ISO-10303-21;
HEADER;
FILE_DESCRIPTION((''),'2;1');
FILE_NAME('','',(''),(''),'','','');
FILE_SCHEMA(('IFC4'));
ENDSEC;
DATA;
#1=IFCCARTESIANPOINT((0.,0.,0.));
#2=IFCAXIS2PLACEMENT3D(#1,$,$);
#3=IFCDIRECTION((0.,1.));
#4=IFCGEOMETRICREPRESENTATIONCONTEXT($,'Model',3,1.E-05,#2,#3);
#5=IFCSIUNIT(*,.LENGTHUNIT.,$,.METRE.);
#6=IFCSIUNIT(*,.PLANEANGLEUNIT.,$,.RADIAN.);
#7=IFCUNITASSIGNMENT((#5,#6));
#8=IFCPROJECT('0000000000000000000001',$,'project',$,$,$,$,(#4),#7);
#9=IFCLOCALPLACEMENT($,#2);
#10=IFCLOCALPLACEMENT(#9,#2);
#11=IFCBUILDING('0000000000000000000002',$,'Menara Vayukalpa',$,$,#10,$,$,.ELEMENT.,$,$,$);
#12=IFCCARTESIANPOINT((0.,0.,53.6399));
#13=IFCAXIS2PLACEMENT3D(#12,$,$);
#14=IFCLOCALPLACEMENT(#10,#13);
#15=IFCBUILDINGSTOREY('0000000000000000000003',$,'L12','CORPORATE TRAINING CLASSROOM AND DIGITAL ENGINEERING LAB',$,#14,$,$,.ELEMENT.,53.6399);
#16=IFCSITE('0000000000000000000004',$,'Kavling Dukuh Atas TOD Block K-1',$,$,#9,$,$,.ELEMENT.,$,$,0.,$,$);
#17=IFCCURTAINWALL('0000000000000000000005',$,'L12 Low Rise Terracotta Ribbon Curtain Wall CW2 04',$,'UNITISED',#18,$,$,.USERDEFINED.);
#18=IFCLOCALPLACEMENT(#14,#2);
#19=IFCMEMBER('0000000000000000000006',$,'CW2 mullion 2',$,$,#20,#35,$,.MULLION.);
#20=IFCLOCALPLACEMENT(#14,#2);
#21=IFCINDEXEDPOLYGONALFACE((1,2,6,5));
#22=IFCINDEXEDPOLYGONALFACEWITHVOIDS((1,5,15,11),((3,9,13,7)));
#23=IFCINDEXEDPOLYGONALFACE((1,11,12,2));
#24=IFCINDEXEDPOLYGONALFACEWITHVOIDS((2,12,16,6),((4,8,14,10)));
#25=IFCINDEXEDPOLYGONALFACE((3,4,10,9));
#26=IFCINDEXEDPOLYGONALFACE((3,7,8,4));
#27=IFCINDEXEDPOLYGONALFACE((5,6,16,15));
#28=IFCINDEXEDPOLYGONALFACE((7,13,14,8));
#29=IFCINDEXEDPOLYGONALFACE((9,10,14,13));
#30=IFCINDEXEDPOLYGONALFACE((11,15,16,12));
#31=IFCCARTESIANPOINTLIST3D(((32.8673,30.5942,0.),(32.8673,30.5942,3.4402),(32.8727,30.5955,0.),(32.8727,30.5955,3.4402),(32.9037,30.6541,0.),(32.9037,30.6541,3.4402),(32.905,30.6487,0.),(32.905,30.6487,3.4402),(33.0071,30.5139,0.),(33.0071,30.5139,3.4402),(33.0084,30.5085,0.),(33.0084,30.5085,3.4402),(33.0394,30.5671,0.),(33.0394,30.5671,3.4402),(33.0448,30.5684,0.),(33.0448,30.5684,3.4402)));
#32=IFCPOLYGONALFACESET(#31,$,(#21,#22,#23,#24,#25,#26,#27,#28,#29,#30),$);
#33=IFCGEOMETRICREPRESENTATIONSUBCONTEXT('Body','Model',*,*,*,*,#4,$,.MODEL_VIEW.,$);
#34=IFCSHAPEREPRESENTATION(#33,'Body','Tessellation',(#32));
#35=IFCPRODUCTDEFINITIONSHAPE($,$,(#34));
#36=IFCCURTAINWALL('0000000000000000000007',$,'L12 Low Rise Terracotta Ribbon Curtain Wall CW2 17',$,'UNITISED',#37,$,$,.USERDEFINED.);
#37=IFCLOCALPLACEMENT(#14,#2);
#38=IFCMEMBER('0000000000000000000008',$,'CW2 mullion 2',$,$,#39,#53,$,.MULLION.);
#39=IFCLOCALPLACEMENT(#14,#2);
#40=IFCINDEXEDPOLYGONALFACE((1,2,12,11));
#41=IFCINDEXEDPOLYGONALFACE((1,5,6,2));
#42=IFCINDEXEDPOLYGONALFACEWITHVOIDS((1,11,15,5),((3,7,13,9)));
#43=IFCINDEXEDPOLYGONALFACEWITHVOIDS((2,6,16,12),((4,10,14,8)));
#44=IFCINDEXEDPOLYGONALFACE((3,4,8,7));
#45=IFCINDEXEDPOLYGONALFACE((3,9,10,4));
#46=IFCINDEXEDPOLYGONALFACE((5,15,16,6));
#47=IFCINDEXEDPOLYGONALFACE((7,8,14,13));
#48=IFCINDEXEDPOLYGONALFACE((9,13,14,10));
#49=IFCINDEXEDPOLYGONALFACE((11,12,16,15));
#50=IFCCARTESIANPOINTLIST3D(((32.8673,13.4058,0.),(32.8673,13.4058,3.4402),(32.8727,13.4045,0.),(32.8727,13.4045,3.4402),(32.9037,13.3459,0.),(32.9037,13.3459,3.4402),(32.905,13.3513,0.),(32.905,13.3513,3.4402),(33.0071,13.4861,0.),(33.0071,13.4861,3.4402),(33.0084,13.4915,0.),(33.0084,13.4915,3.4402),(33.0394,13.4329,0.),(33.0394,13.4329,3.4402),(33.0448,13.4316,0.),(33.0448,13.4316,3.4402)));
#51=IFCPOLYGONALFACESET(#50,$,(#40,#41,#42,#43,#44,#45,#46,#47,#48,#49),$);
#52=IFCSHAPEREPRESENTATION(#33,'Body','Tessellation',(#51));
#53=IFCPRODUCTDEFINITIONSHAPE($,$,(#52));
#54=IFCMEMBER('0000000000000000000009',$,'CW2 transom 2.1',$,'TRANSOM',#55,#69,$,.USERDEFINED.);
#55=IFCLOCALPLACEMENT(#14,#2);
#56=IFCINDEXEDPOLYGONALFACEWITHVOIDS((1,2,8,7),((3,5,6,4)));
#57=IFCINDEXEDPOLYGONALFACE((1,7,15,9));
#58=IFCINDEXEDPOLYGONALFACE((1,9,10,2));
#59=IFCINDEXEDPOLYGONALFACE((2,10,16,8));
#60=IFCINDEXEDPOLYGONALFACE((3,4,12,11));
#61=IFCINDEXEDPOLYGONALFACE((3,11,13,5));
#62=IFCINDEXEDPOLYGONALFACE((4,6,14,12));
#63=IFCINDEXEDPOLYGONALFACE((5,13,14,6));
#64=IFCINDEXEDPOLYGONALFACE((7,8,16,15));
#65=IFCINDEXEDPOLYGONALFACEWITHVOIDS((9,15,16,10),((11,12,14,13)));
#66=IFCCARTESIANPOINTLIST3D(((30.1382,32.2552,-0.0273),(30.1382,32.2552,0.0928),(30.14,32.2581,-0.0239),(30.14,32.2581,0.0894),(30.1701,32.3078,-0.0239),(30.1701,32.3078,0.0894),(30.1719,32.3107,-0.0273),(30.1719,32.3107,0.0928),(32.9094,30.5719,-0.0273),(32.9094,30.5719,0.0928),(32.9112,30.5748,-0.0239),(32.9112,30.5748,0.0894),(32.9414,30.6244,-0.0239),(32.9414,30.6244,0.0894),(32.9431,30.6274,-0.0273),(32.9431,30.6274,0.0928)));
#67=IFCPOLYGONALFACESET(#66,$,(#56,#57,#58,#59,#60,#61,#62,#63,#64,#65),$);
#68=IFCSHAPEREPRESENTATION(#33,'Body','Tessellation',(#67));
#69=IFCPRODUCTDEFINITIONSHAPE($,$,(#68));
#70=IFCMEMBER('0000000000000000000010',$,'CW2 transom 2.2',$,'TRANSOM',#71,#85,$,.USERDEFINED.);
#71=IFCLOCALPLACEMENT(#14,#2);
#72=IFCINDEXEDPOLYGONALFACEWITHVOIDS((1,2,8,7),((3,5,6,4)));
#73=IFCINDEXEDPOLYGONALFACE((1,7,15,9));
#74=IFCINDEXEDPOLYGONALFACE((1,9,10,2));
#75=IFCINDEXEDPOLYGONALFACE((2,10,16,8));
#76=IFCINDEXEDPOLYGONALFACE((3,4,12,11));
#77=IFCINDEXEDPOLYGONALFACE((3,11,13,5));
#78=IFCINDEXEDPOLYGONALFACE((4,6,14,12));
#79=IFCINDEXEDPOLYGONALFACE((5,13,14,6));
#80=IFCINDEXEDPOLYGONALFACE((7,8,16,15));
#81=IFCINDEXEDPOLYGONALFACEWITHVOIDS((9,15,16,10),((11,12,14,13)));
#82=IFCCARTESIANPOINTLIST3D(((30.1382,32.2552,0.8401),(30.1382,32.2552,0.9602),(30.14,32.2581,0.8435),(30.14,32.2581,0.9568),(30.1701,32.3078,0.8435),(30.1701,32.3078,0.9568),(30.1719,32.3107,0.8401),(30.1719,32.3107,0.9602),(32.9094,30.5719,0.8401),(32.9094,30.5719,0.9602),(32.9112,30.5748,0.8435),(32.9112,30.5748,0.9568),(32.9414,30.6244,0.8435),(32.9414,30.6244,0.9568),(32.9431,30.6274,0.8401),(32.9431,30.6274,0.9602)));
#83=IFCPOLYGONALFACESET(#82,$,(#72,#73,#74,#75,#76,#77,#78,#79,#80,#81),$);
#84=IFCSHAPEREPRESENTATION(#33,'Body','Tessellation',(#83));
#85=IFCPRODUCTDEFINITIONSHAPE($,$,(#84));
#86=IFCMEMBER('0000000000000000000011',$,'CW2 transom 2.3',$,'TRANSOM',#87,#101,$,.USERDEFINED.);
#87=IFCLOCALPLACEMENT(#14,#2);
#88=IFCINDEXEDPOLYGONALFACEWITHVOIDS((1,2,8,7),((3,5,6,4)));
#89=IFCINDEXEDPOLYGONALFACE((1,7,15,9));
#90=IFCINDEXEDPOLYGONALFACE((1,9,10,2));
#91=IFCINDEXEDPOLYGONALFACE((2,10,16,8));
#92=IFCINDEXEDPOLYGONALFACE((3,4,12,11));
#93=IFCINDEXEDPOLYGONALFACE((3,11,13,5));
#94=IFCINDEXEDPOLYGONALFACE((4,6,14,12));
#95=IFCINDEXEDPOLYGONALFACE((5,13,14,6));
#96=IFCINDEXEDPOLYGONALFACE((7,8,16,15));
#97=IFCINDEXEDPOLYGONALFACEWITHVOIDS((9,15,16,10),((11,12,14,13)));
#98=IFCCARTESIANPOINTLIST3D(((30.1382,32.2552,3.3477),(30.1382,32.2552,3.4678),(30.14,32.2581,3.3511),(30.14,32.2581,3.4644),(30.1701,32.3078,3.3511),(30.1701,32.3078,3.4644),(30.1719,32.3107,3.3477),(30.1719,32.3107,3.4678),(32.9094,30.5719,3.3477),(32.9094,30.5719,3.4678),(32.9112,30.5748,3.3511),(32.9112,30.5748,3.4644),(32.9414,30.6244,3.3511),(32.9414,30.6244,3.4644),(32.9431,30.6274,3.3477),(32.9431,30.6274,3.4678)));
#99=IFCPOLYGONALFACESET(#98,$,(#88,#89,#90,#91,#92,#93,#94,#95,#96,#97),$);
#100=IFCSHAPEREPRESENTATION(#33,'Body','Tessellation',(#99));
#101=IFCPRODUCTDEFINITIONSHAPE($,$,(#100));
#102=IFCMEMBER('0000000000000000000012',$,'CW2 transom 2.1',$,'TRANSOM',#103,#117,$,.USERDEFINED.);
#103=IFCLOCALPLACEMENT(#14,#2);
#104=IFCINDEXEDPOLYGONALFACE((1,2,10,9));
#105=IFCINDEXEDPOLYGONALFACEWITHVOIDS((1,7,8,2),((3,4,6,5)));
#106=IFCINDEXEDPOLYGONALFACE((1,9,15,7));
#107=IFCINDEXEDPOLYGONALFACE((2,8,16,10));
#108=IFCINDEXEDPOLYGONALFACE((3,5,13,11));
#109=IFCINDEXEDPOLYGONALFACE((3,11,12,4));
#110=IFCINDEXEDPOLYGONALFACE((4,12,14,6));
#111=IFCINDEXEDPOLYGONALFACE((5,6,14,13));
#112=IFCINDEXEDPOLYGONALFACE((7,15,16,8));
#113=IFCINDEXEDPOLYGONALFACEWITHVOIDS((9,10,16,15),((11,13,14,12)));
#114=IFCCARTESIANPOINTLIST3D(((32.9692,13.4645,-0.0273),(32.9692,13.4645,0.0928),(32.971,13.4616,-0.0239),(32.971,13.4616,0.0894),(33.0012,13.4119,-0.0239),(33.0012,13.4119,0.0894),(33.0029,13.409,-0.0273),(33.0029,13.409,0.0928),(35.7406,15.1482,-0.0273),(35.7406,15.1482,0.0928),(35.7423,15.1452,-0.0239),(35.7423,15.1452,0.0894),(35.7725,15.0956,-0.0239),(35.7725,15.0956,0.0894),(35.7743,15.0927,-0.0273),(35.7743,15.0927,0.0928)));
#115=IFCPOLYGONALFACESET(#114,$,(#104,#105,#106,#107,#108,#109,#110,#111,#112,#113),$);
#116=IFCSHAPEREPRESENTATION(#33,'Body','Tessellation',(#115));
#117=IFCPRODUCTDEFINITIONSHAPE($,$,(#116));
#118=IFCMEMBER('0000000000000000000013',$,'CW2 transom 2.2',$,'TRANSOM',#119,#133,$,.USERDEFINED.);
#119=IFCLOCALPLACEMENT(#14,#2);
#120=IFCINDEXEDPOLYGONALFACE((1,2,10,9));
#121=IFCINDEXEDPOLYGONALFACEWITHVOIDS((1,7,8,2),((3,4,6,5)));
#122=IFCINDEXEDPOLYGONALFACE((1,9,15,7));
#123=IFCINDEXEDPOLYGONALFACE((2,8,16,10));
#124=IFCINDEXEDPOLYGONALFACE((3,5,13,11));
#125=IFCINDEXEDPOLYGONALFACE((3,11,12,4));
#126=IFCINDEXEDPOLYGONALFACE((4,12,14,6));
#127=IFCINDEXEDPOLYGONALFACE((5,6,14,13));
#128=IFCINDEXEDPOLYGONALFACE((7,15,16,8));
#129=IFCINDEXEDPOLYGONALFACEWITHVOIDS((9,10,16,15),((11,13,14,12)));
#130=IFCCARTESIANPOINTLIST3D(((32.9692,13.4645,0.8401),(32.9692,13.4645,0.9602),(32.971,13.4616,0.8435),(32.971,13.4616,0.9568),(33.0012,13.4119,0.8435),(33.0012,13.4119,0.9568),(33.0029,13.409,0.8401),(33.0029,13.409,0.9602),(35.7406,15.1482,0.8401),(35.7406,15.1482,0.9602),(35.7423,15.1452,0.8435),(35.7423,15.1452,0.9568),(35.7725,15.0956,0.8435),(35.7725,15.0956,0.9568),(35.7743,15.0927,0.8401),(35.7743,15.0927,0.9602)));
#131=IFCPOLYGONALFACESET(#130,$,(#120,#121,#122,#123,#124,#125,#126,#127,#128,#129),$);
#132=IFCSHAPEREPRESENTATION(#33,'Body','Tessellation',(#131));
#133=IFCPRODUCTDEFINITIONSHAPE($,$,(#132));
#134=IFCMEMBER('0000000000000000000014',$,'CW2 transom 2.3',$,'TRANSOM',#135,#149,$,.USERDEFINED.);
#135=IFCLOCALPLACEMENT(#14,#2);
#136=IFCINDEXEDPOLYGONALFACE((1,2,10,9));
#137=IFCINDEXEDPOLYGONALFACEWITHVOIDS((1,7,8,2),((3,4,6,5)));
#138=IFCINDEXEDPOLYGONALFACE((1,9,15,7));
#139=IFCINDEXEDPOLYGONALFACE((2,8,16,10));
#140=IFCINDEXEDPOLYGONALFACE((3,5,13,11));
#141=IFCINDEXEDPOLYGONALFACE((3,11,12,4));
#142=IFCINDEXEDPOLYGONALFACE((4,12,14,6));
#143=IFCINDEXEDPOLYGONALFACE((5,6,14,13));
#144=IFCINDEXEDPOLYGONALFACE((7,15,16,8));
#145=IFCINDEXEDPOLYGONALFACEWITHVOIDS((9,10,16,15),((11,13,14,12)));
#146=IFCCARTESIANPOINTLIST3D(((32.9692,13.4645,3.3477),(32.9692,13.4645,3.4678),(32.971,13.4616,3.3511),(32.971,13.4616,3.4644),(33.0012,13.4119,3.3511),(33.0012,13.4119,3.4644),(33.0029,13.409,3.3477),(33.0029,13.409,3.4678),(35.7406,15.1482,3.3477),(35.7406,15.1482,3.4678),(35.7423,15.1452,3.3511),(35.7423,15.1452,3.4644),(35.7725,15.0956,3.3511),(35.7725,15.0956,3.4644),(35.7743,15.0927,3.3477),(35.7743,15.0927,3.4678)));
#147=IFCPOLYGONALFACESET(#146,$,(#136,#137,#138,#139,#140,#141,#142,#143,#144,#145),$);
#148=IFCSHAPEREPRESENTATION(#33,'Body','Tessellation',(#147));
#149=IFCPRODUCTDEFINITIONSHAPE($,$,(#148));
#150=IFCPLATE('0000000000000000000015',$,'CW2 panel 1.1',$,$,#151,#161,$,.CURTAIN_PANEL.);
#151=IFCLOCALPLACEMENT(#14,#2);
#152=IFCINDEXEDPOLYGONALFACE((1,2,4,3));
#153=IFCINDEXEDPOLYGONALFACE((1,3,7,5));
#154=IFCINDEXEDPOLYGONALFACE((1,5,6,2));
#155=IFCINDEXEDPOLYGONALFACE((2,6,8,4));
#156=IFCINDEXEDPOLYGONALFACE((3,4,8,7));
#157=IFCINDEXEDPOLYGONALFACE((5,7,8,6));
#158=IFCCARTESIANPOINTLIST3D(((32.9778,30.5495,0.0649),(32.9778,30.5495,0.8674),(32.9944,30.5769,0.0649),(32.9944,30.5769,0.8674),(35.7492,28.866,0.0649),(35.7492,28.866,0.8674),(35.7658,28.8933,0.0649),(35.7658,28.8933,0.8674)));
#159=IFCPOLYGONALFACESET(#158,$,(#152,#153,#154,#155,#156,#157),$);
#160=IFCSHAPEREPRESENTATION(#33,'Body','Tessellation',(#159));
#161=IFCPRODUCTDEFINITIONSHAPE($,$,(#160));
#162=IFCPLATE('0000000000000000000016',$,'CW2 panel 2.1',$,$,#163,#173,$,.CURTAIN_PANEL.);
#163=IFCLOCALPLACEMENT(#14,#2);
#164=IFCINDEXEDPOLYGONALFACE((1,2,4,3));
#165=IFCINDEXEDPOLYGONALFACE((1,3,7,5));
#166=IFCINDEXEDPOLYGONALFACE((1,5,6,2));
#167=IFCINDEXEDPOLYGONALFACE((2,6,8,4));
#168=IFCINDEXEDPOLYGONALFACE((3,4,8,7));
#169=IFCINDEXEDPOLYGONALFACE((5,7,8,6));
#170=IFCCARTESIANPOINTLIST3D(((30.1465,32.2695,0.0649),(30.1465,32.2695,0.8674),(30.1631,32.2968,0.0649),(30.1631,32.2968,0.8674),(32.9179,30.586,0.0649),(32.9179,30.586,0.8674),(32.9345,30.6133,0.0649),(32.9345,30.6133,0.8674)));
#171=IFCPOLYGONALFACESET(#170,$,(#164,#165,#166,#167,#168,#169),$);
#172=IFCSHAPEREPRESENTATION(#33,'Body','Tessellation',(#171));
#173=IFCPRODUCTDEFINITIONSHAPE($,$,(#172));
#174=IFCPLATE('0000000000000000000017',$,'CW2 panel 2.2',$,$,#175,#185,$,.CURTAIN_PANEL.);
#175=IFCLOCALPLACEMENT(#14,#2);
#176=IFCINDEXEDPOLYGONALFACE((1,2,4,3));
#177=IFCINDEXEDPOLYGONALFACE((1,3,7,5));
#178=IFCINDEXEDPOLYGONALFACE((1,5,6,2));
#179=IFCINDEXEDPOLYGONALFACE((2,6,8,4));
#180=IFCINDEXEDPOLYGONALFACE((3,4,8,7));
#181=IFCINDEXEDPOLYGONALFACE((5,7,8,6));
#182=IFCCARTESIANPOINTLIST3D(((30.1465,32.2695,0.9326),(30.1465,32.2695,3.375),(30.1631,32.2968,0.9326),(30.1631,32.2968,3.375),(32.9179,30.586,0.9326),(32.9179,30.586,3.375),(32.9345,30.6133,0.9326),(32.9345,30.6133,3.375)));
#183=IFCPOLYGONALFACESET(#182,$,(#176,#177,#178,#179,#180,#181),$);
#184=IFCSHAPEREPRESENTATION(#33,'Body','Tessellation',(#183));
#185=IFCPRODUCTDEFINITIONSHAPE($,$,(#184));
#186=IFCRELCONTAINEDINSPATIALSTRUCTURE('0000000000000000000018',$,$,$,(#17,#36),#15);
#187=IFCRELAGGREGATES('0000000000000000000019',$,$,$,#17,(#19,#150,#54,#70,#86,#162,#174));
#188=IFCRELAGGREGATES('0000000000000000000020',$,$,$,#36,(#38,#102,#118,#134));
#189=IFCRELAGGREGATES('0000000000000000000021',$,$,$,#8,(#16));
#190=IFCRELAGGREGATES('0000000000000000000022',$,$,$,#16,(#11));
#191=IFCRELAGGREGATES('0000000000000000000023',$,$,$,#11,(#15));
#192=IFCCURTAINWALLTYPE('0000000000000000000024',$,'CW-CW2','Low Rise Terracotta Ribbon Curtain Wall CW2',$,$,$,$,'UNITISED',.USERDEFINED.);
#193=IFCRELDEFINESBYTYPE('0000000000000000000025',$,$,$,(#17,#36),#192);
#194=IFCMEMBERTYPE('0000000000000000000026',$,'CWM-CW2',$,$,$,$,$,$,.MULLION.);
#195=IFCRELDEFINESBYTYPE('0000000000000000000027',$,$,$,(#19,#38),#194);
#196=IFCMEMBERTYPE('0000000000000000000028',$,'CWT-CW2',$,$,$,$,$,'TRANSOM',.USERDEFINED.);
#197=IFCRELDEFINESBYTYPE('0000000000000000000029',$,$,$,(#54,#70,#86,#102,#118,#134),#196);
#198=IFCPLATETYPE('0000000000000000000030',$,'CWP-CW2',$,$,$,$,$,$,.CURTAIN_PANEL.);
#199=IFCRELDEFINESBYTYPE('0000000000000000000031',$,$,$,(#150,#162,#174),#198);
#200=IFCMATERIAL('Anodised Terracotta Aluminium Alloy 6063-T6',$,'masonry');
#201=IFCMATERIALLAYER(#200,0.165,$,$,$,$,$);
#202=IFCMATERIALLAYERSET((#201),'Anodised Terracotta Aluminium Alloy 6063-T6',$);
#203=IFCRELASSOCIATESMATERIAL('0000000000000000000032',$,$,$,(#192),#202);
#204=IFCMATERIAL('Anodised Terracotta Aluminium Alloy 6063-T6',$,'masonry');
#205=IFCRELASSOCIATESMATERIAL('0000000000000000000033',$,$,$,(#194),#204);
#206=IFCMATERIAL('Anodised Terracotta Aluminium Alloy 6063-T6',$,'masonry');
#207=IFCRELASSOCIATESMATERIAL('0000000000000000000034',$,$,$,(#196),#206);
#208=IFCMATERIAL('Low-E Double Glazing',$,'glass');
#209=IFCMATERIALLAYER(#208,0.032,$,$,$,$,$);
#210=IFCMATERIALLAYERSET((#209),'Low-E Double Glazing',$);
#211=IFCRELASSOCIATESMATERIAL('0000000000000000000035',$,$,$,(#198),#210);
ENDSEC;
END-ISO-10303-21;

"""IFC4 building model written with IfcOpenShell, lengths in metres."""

from ifc_helpers import new_model, si_unit, direction, frame, origin, origin_2d, place, context, subcontext, project, spatial, rectangle, hollow_rectangle, extrude, material, layer, layer_set, material_profile, profile_set, type_object, element, aggregate, save


model = new_model("IFC4")

# Units and contexts
model_context = context("Model", 3, precision=1e-05, world=origin(), true_north=direction((0.0, 1.0)))
body_context = subcontext(model_context, "Body", "Model", "MODEL_VIEW")
ifc_project = project(units=[si_unit("LENGTHUNIT", "METRE"), si_unit("PLANEANGLEUNIT", "RADIAN")], contexts=[model_context])

# Site, building, storey
site_placement = place(None, origin())
site = spatial("IfcSite", under=ifc_project, at=site_placement, Name="Kavling Dukuh Atas TOD Block K-1", CompositionType="ELEMENT", RefElevation=0.0)
building_placement = place(site_placement, origin())
building = spatial("IfcBuilding", under=site, at=building_placement, Name="Menara Vayukalpa", CompositionType="ELEMENT")
storey_placement = place(building_placement, frame((0.0, 0.0, 53.6399)))
storey = spatial("IfcBuildingStorey", under=building, at=storey_placement, Name="L12", Description="CORPORATE TRAINING CLASSROOM AND DIGITAL ENGINEERING LAB", CompositionType="ELEMENT", Elevation=53.6399)

# Curtain walls, members
ifc_material_1 = material(Name="Anodised Terracotta Aluminium Alloy 6063-T6", Category="masonry")
ifc_layer_1 = layer(ifc_material_1, 0.165)
ifc_layer_set_1 = layer_set([ifc_layer_1], Name="Anodised Terracotta Aluminium Alloy 6063-T6")
curtain_wall_type = type_object("IfcCurtainWallType", Name="CW-CW2", Description="Low Rise Terracotta Ribbon Curtain Wall CW2", ElementType="UNITISED", PredefinedType="USERDEFINED", material=ifc_layer_set_1)
curtain_wall_1_placement = place(storey_placement, origin())
curtain_wall_1 = element("IfcCurtainWall", 1, at=curtain_wall_1_placement, inside=storey, type_object=curtain_wall_type, Name="L12 Low Rise Terracotta Ribbon Curtain Wall CW2 04", ObjectType="UNITISED", PredefinedType="USERDEFINED")
ifc_material_2 = material(Name="Anodised Terracotta Aluminium Alloy 6063-T6", Category="masonry")
ifc_material_profile_1 = material_profile(ifc_material_2, hollow_rectangle(XDim=0.0701, YDim=0.165, WallThickness=0.0039, at=origin_2d()), Name="ALU 70x165x4")
ifc_profile_set_1 = profile_set([ifc_material_profile_1], Name="Anodised Terracotta Aluminium Alloy 6063-T6")
member_type_1 = type_object("IfcMemberType", Name="CWM-CW2", PredefinedType="MULLION", material=ifc_profile_set_1)
member_1_placement = place(storey_placement, frame((32.9561, 30.5813, 0.0), z_axis=(0.0, 0.0, 1.0), x_axis=(-0.519182, -0.854664, 0.0)))
member_1 = element("IfcMember", 2, at=member_1_placement, type_object=member_type_1, Name="CW2 mullion 2", PredefinedType="MULLION", context=body_context, shape_type="SweptSolid", body=[
    extrude(hollow_rectangle(XDim=0.0701, YDim=0.165, WallThickness=0.0039, at=origin_2d()), origin(), (0.0, 0.0, 1.0), 3.4402),
])
curtain_wall_2_placement = place(storey_placement, origin())
curtain_wall_2 = element("IfcCurtainWall", 3, at=curtain_wall_2_placement, inside=storey, type_object=curtain_wall_type, Name="L12 Low Rise Terracotta Ribbon Curtain Wall CW2 17", ObjectType="UNITISED", PredefinedType="USERDEFINED")
member_2_placement = place(storey_placement, frame((32.9561, 13.4187, 0.0), z_axis=(0.0, 0.0, 1.0), x_axis=(-0.519182, 0.854664, 0.0)))
member_2 = element("IfcMember", 4, at=member_2_placement, type_object=member_type_1, Name="CW2 mullion 2", PredefinedType="MULLION", context=body_context, shape_type="SweptSolid", body=[
    extrude(hollow_rectangle(XDim=0.0701, YDim=0.165, WallThickness=0.0039, at=origin_2d()), origin(), (0.0, 0.0, 1.0), 3.4402),
])

# Members
ifc_material_3 = material(Name="Anodised Terracotta Aluminium Alloy 6063-T6", Category="masonry")
ifc_material_profile_2 = material_profile(ifc_material_3, hollow_rectangle(XDim=0.0649, YDim=0.1201, WallThickness=0.0034, at=origin_2d()), Name="ALU 65x120x3.5")
ifc_profile_set_2 = profile_set([ifc_material_profile_2], Name="Anodised Terracotta Aluminium Alloy 6063-T6")
member_type_2 = type_object("IfcMemberType", Name="CWT-CW2", ElementType="TRANSOM", PredefinedType="USERDEFINED", material=ifc_profile_set_2)
member_3_placement = place(storey_placement, frame((32.9263, 30.5996, 0.0327), z_axis=(-0.854677, 0.519161, 0.0), x_axis=(-0.519161, -0.854677, 0.0)))
member_3 = element("IfcMember", 5, at=member_3_placement, type_object=member_type_2, Name="CW2 transom 2.1", ObjectType="TRANSOM", PredefinedType="USERDEFINED", context=body_context, shape_type="SweptSolid", body=[
    extrude(hollow_rectangle(XDim=0.0649, YDim=0.1201, WallThickness=0.0034, at=origin_2d()), origin(), (0.0, 0.0, 1.0), 3.2424),
])
member_4_placement = place(storey_placement, frame((32.9263, 30.5996, 0.9001), z_axis=(-0.854677, 0.519161, 0.0), x_axis=(-0.519161, -0.854677, 0.0)))
member_4 = element("IfcMember", 6, at=member_4_placement, type_object=member_type_2, Name="CW2 transom 2.2", ObjectType="TRANSOM", PredefinedType="USERDEFINED", context=body_context, shape_type="SweptSolid", body=[
    extrude(hollow_rectangle(XDim=0.0649, YDim=0.1201, WallThickness=0.0034, at=origin_2d()), origin(), (0.0, 0.0, 1.0), 3.2424),
])
member_5_placement = place(storey_placement, frame((32.9263, 30.5996, 3.4077), z_axis=(-0.854677, 0.519161, 0.0), x_axis=(-0.519161, -0.854677, 0.0)))
member_5 = element("IfcMember", 7, at=member_5_placement, type_object=member_type_2, Name="CW2 transom 2.3", ObjectType="TRANSOM", PredefinedType="USERDEFINED", context=body_context, shape_type="SweptSolid", body=[
    extrude(hollow_rectangle(XDim=0.0649, YDim=0.1201, WallThickness=0.0034, at=origin_2d()), origin(), (0.0, 0.0, 1.0), 3.2424),
])
member_6_placement = place(storey_placement, frame((32.9861, 13.4368, 0.0327), z_axis=(0.854643, 0.519216, 0.0), x_axis=(-0.519216, 0.854643, 0.0)))
member_6 = element("IfcMember", 8, at=member_6_placement, type_object=member_type_2, Name="CW2 transom 2.1", ObjectType="TRANSOM", PredefinedType="USERDEFINED", context=body_context, shape_type="SweptSolid", body=[
    extrude(hollow_rectangle(XDim=0.0649, YDim=0.1201, WallThickness=0.0034, at=origin_2d()), origin(), (0.0, 0.0, 1.0), 3.2427),
])
member_7_placement = place(storey_placement, frame((32.9861, 13.4368, 0.9001), z_axis=(0.854643, 0.519216, 0.0), x_axis=(-0.519216, 0.854643, 0.0)))
member_7 = element("IfcMember", 9, at=member_7_placement, type_object=member_type_2, Name="CW2 transom 2.2", ObjectType="TRANSOM", PredefinedType="USERDEFINED", context=body_context, shape_type="SweptSolid", body=[
    extrude(hollow_rectangle(XDim=0.0649, YDim=0.1201, WallThickness=0.0034, at=origin_2d()), origin(), (0.0, 0.0, 1.0), 3.2427),
])
member_8_placement = place(storey_placement, frame((32.9861, 13.4368, 3.4077), z_axis=(0.854643, 0.519216, 0.0), x_axis=(-0.519216, 0.854643, 0.0)))
member_8 = element("IfcMember", 10, at=member_8_placement, type_object=member_type_2, Name="CW2 transom 2.3", ObjectType="TRANSOM", PredefinedType="USERDEFINED", context=body_context, shape_type="SweptSolid", body=[
    extrude(hollow_rectangle(XDim=0.0649, YDim=0.1201, WallThickness=0.0034, at=origin_2d()), origin(), (0.0, 0.0, 1.0), 3.2427),
])

# Plates
ifc_material_4 = material(Name="Low-E Double Glazing", Category="glass")
ifc_layer_2 = layer(ifc_material_4, 0.032)
ifc_layer_set_2 = layer_set([ifc_layer_2], Name="Low-E Double Glazing")
plate_type = type_object("IfcPlateType", Name="CWP-CW2", PredefinedType="CURTAIN_PANEL", material=ifc_layer_set_2)
plate_1_placement = place(storey_placement, frame((34.3718, 29.7214, 0.0649), z_axis=(0.0, 0.0, 1.0), x_axis=(-0.854664, 0.519182, 0.0)))
plate_1 = element("IfcPlate", 11, at=plate_1_placement, type_object=plate_type, Name="CW2 panel 1.1", PredefinedType="CURTAIN_PANEL", context=body_context, shape_type="SweptSolid", body=[
    extrude(rectangle(XDim=3.2427, YDim=0.032, at=origin_2d()), origin(), (0.0, 0.0, 1.0), 0.8025),
])
plate_2_placement = place(storey_placement, frame((31.5405, 31.4414, 0.0649), z_axis=(0.0, 0.0, 1.0), x_axis=(-0.854664, 0.519182, 0.0)))
plate_2 = element("IfcPlate", 12, at=plate_2_placement, type_object=plate_type, Name="CW2 panel 2.1", PredefinedType="CURTAIN_PANEL", context=body_context, shape_type="SweptSolid", body=[
    extrude(rectangle(XDim=3.2427, YDim=0.032, at=origin_2d()), origin(), (0.0, 0.0, 1.0), 0.8025),
])
plate_3_placement = place(storey_placement, frame((31.5405, 31.4414, 0.9326), z_axis=(0.0, 0.0, 1.0), x_axis=(-0.854664, 0.519182, 0.0)))
plate_3 = element("IfcPlate", 13, at=plate_3_placement, type_object=plate_type, Name="CW2 panel 2.2", PredefinedType="CURTAIN_PANEL", context=body_context, shape_type="SweptSolid", body=[
    extrude(rectangle(XDim=3.2427, YDim=0.032, at=origin_2d()), origin(), (0.0, 0.0, 1.0), 2.4424),
])
aggregate(curtain_wall_1, [member_1, plate_1, member_3, member_4, member_5, plate_2, plate_3])
aggregate(curtain_wall_2, [member_2, member_6, member_7, member_8])

save(model, "model.ifc")
